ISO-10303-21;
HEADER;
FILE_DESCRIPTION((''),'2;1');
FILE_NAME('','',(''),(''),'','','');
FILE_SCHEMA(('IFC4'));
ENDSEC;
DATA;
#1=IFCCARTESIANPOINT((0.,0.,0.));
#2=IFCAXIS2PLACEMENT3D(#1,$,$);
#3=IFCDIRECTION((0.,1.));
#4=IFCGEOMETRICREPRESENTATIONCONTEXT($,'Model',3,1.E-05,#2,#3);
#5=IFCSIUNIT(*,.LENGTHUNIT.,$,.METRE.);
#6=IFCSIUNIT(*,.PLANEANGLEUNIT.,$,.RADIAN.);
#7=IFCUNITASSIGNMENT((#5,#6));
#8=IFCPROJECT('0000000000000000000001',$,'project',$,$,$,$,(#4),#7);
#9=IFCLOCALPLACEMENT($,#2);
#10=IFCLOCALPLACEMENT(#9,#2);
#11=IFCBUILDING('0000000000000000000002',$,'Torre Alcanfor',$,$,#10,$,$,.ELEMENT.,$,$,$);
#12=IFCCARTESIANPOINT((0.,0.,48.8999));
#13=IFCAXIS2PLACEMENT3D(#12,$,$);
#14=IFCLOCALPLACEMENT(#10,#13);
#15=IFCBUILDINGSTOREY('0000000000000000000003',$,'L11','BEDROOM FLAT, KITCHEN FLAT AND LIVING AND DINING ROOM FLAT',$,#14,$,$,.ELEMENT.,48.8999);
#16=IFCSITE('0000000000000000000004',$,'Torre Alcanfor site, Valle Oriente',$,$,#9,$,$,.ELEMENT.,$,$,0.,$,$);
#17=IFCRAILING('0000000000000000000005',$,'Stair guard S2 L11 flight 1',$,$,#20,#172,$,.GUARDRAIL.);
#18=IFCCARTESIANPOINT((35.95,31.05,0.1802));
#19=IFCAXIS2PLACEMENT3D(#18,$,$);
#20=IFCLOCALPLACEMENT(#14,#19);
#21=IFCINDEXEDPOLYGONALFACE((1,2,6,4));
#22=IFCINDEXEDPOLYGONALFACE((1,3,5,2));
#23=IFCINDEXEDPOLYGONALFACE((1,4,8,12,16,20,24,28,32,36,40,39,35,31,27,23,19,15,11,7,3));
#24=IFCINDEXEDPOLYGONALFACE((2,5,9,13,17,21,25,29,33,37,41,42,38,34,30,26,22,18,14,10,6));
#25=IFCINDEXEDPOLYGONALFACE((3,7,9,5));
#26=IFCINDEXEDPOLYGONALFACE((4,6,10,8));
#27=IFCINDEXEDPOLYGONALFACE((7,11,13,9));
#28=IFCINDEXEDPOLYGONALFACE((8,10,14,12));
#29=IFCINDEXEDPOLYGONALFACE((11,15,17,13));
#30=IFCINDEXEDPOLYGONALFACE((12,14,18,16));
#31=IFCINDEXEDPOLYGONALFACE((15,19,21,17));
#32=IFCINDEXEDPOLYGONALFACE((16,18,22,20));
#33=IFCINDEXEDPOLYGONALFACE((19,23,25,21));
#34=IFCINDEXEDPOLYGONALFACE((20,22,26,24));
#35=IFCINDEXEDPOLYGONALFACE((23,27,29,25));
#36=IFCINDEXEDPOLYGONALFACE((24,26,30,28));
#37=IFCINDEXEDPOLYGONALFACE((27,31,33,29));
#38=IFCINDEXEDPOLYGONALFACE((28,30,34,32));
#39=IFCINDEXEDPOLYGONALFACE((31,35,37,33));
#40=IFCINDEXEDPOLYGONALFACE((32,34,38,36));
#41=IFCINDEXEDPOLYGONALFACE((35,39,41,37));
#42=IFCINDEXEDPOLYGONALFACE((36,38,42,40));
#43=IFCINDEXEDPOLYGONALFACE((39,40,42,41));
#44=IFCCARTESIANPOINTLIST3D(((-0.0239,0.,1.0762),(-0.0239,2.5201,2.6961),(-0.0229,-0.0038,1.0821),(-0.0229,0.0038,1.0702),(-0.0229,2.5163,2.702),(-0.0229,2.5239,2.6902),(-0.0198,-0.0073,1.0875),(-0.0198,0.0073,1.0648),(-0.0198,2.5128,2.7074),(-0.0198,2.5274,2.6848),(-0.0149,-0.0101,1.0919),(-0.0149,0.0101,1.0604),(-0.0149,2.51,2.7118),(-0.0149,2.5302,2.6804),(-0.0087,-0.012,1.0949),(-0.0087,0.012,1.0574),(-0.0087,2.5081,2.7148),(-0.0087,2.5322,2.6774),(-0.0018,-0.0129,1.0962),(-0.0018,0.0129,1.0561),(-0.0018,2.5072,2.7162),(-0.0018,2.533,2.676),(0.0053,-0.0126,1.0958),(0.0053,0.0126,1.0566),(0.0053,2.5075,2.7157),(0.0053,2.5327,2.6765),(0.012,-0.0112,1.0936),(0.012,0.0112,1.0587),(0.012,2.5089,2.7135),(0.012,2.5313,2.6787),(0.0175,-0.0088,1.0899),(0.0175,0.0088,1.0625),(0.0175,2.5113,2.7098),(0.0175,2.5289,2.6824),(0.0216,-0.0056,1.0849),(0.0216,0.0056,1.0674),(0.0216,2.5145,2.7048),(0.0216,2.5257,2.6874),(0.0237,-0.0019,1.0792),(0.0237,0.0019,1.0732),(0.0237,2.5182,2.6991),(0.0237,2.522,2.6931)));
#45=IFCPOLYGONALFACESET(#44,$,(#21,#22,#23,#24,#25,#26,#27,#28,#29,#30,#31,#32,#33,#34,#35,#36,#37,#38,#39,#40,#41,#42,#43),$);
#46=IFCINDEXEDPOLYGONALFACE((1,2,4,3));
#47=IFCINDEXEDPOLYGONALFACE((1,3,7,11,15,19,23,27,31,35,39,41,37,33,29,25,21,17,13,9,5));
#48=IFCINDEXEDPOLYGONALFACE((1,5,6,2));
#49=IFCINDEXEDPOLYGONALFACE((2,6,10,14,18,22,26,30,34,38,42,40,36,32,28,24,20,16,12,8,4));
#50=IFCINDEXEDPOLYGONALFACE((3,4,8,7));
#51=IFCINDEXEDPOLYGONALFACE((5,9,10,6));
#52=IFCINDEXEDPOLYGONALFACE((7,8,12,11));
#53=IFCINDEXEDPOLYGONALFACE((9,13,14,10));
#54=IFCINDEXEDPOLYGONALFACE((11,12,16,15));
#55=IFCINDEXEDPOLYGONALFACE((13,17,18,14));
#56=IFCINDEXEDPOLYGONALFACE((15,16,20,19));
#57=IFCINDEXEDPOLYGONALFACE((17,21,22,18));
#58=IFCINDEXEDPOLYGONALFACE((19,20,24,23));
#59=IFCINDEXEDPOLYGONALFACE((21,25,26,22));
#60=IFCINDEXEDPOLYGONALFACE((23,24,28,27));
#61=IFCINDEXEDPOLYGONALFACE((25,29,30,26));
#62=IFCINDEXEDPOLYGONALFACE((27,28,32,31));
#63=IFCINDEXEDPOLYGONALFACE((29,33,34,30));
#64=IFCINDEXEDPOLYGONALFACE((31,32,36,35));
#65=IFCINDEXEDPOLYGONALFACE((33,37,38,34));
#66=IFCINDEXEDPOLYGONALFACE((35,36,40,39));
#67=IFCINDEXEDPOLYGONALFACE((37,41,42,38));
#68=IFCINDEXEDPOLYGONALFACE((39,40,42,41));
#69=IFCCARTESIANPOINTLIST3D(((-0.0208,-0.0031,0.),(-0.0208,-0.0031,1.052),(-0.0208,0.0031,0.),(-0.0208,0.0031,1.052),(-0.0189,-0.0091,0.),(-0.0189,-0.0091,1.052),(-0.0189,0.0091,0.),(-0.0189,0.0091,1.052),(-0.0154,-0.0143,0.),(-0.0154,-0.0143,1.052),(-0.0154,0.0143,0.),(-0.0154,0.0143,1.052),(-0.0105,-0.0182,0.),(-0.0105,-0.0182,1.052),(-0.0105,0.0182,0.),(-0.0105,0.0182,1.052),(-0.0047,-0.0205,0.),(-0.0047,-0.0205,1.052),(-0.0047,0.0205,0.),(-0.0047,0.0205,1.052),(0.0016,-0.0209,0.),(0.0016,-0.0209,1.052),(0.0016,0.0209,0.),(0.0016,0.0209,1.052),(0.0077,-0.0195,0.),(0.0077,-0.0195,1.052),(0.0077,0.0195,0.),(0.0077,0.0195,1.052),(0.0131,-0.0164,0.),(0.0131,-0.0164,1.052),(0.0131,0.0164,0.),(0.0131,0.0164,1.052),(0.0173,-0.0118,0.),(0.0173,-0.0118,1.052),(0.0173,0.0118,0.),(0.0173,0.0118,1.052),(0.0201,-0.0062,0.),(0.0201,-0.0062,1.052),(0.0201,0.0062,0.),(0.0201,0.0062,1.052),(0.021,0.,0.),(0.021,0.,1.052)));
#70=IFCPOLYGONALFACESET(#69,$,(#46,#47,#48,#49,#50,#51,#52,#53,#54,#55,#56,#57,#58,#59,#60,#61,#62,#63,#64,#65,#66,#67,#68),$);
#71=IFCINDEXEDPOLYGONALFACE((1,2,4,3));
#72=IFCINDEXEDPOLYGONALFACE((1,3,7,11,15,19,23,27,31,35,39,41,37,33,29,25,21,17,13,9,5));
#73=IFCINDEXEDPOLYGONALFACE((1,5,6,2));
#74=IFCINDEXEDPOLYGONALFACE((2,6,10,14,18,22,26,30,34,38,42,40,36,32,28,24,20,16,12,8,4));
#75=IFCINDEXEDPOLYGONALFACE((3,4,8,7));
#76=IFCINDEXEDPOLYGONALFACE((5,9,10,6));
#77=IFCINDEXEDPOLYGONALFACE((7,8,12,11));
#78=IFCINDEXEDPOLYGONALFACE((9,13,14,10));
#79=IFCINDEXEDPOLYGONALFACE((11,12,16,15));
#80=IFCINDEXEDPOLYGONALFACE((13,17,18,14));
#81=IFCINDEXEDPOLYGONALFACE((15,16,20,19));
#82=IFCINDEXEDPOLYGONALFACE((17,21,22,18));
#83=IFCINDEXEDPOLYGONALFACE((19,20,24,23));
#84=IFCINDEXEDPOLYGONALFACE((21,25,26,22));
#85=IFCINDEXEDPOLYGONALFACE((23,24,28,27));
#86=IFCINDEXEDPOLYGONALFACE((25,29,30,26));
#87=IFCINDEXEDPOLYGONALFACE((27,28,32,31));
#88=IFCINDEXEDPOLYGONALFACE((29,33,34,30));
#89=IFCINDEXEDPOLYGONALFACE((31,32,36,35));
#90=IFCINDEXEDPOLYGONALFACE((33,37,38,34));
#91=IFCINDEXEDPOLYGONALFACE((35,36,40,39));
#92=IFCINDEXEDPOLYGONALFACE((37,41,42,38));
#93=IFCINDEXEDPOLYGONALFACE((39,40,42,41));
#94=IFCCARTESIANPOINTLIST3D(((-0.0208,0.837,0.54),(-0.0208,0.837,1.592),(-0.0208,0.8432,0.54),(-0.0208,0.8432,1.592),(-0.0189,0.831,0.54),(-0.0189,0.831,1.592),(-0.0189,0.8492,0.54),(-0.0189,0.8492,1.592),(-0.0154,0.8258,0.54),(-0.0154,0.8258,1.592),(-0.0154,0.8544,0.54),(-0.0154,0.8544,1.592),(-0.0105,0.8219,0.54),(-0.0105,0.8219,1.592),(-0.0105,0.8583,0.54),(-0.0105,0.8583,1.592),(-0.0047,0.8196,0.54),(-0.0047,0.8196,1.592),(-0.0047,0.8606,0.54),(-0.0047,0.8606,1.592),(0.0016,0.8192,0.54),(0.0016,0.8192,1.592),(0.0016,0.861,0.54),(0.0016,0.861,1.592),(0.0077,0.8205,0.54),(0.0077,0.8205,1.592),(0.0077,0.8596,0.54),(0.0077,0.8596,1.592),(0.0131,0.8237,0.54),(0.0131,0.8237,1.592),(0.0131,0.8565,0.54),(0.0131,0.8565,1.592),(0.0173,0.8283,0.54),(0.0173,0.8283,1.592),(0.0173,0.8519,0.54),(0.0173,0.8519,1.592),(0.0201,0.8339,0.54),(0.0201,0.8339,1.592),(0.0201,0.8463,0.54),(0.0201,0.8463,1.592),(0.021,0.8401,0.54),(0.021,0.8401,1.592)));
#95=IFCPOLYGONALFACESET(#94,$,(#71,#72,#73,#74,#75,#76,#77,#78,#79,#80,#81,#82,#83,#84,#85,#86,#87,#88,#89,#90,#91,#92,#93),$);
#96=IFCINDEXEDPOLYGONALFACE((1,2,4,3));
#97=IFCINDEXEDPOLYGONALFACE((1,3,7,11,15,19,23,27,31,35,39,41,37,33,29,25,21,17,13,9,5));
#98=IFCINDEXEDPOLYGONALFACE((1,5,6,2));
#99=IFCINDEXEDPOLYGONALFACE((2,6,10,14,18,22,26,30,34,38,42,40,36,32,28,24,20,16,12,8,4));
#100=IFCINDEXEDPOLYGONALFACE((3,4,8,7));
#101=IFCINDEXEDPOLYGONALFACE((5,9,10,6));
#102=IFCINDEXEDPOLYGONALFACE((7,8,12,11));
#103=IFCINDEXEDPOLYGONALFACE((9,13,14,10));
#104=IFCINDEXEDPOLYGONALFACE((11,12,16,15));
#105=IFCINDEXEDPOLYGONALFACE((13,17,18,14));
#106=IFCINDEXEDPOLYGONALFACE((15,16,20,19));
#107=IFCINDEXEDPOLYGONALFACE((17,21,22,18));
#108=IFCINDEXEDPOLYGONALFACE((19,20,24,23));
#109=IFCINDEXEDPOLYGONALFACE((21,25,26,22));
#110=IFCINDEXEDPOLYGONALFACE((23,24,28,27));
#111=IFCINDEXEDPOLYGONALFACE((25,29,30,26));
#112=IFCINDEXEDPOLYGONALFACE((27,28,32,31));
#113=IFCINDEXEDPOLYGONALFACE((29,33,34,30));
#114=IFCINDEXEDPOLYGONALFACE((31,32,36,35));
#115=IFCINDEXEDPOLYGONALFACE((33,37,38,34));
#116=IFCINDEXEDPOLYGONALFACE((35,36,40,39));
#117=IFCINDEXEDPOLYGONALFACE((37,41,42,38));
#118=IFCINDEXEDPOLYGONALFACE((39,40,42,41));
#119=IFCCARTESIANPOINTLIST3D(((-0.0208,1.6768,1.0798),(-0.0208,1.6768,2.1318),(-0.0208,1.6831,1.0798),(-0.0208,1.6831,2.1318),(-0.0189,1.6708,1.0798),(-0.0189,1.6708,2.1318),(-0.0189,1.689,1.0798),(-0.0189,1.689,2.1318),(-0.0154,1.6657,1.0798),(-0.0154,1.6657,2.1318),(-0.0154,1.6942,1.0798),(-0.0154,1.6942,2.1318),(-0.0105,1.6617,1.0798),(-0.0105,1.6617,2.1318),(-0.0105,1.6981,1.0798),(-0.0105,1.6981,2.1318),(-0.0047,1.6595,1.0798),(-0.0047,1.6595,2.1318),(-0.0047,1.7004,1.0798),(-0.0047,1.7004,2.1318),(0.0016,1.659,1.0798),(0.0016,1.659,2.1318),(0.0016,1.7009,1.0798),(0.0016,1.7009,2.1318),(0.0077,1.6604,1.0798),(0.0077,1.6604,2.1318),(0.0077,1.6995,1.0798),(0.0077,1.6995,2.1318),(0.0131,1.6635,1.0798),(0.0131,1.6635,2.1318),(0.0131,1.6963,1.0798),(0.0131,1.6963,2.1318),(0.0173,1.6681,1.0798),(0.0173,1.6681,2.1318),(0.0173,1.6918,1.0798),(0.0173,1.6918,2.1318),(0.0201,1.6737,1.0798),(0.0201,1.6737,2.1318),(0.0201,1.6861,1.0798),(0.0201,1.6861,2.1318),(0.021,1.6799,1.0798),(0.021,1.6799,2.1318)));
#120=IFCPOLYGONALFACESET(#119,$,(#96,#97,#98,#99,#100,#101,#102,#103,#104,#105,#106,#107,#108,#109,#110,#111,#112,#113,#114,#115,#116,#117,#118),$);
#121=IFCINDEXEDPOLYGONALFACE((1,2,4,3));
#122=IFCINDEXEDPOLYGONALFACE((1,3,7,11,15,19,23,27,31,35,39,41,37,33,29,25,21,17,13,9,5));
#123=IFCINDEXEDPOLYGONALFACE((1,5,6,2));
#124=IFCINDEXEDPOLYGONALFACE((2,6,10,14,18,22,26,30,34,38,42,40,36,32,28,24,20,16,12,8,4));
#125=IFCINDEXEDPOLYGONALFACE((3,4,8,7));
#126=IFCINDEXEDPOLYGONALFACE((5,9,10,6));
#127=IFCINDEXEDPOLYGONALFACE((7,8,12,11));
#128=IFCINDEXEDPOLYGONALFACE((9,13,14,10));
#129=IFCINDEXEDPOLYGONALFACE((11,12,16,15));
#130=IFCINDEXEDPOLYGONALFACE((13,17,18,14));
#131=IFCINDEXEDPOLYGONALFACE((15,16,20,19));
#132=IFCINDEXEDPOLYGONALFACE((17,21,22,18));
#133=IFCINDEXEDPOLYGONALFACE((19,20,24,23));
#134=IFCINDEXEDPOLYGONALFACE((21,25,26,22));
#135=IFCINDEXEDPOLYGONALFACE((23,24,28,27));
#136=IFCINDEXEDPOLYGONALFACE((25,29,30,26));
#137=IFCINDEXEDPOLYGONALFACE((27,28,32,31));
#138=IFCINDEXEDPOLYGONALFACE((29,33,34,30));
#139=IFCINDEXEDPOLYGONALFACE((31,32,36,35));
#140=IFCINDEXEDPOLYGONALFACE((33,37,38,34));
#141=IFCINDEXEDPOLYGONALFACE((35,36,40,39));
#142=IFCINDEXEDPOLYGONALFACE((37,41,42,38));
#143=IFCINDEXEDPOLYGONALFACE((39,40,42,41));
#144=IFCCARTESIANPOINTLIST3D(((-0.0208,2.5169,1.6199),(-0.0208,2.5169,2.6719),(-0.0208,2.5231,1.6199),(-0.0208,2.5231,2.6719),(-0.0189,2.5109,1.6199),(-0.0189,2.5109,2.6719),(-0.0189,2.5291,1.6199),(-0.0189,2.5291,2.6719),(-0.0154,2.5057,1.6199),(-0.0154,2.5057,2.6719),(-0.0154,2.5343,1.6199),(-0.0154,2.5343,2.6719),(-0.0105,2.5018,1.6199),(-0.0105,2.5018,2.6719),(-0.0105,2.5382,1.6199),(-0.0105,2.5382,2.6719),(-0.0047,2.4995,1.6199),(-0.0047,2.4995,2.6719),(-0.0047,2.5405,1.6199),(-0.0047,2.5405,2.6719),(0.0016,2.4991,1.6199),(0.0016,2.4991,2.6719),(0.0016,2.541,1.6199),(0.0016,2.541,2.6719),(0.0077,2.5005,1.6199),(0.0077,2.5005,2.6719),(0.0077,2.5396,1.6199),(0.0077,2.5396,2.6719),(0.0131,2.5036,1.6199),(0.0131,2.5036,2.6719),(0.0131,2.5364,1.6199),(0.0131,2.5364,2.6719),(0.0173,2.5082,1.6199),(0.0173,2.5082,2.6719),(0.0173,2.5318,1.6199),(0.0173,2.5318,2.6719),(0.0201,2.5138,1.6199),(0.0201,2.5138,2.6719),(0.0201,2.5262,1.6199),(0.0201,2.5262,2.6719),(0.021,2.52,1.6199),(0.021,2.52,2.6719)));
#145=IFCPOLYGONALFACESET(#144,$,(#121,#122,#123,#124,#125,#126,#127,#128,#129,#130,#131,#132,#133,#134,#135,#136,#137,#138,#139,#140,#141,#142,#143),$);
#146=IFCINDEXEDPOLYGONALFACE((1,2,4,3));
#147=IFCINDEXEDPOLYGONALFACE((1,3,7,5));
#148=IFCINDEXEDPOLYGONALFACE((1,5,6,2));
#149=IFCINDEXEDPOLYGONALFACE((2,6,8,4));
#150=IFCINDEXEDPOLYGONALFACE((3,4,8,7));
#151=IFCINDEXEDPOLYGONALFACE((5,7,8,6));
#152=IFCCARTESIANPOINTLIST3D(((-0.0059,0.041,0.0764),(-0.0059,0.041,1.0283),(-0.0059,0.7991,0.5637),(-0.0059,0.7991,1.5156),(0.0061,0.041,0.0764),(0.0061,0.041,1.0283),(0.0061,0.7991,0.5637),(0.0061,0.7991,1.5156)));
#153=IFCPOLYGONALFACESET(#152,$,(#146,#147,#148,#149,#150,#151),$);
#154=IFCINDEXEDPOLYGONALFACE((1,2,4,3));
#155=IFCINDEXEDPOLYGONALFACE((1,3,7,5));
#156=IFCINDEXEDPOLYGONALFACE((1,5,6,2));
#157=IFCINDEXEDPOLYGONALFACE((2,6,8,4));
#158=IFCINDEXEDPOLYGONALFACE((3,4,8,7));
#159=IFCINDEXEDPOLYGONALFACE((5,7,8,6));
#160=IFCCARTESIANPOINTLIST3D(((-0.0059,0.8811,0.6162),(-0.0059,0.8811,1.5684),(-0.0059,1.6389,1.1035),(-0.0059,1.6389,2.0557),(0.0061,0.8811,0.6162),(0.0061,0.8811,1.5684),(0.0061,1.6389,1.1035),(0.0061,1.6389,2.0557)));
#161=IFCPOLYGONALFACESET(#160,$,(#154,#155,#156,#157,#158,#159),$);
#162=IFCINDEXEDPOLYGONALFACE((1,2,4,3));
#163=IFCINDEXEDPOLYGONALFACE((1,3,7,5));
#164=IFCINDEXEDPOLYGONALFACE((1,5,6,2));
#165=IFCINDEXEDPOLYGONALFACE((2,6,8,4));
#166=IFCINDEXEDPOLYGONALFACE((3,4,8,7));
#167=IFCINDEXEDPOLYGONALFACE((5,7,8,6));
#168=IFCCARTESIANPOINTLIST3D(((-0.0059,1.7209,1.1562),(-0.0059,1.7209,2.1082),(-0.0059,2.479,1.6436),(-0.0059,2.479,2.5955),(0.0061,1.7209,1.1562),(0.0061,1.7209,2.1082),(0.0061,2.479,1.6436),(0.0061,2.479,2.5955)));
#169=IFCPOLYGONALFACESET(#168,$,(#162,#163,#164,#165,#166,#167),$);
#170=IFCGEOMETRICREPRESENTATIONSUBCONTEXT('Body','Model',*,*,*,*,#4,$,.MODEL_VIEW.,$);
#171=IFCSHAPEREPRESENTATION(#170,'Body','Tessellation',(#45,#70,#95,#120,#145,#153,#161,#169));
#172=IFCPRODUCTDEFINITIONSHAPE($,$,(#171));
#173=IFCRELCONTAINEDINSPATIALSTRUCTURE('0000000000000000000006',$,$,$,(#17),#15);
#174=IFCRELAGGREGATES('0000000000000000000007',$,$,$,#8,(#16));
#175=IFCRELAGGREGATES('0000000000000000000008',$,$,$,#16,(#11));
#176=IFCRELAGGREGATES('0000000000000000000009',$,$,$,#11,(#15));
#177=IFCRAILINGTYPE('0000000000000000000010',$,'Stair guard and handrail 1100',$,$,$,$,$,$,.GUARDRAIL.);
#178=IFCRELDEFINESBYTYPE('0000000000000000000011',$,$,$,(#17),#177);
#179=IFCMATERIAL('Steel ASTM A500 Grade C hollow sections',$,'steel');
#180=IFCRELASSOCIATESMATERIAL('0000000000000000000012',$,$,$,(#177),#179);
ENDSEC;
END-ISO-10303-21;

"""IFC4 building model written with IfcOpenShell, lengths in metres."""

from ifc_helpers import new_model, si_unit, direction, frame, origin, origin_2d, place, context, subcontext, project, spatial, polyline, circle, outline, extrude, material, type_object, element, save


model = new_model("IFC4")

# Units and contexts
model_context = context("Model", 3, precision=1e-05, world=origin(), true_north=direction((0.0, 1.0)))
body_context = subcontext(model_context, "Body", "Model", "MODEL_VIEW")
ifc_project = project(units=[si_unit("LENGTHUNIT", "METRE"), si_unit("PLANEANGLEUNIT", "RADIAN")], contexts=[model_context])

# Site, building, storey
site_placement = place(None, origin())
site = spatial("IfcSite", under=ifc_project, at=site_placement, Name="Torre Alcanfor site, Valle Oriente", CompositionType="ELEMENT", RefElevation=0.0)
building_placement = place(site_placement, origin())
building = spatial("IfcBuilding", under=site, at=building_placement, Name="Torre Alcanfor", CompositionType="ELEMENT")
storey_placement = place(building_placement, frame((0.0, 0.0, 48.8999)))
storey = spatial("IfcBuildingStorey", under=building, at=storey_placement, Name="L11", Description="BEDROOM FLAT, KITCHEN FLAT AND LIVING AND DINING ROOM FLAT", CompositionType="ELEMENT", Elevation=48.8999)

# Railing
ifc_material_1 = material(Name="Steel ASTM A500 Grade C hollow sections", Category="steel")
railing_type_1 = type_object("IfcRailingType", Name="Stair guard and handrail 1100", PredefinedType="GUARDRAIL", material=ifc_material_1)
railing_1_placement = place(storey_placement, frame((35.95, 31.05, 0.1802)))
element("IfcRailing", 1, at=railing_1_placement, inside=storey, type_object=railing_type_1, Name="Stair guard S2 L11 flight 1", PredefinedType="GUARDRAIL", context=body_context, shape_type="SweptSolid", body=[
    extrude(circle(Radius=0.0239, at=origin_2d()), frame((0.0, 0.0, 1.0762), z_axis=(0.0, 0.8412, 0.540725), x_axis=(-1.0, 0.0, 0.0)), (0.0, 0.0, 1.0), 2.9958),
    extrude(circle(Radius=0.021, at=origin_2d()), origin(), (0.0, 0.0, 1.0), 1.052),
    extrude(circle(Radius=0.021, at=origin_2d()), frame((0.0, 0.8401, 0.54)), (0.0, 0.0, 1.0), 1.052),
    extrude(circle(Radius=0.021, at=origin_2d()), frame((0.0, 1.6799, 1.0798)), (0.0, 0.0, 1.0), 1.052),
    extrude(circle(Radius=0.021, at=origin_2d()), frame((0.0, 2.52, 1.6199)), (0.0, 0.0, 1.0), 1.052),
    extrude(outline(polyline([(0.041, 0.0764), (0.7991, 0.5637), (0.7991, 1.5156), (0.041, 1.0283), (0.041, 0.0764)])), frame((-0.0059, 0.0, 0.0), z_axis=(1.0, 0.0, 0.0), x_axis=(0.0, 1.0, 0.0)), (0.0, 0.0, 1.0), 0.012),
    extrude(outline(polyline([(0.8811, 0.6162), (1.6389, 1.1035), (1.6389, 2.0557), (0.8811, 1.5684), (0.8811, 0.6162)])), frame((-0.0059, 0.0, 0.0), z_axis=(1.0, 0.0, 0.0), x_axis=(0.0, 1.0, 0.0)), (0.0, 0.0, 1.0), 0.012),
    extrude(outline(polyline([(1.7209, 1.1562), (2.479, 1.6436), (2.479, 2.5955), (1.7209, 2.1082), (1.7209, 1.1562)])), frame((-0.0059, 0.0, 0.0), z_axis=(1.0, 0.0, 0.0), x_axis=(0.0, 1.0, 0.0)), (0.0, 0.0, 1.0), 0.012),
])

save(model, "model.ifc")
